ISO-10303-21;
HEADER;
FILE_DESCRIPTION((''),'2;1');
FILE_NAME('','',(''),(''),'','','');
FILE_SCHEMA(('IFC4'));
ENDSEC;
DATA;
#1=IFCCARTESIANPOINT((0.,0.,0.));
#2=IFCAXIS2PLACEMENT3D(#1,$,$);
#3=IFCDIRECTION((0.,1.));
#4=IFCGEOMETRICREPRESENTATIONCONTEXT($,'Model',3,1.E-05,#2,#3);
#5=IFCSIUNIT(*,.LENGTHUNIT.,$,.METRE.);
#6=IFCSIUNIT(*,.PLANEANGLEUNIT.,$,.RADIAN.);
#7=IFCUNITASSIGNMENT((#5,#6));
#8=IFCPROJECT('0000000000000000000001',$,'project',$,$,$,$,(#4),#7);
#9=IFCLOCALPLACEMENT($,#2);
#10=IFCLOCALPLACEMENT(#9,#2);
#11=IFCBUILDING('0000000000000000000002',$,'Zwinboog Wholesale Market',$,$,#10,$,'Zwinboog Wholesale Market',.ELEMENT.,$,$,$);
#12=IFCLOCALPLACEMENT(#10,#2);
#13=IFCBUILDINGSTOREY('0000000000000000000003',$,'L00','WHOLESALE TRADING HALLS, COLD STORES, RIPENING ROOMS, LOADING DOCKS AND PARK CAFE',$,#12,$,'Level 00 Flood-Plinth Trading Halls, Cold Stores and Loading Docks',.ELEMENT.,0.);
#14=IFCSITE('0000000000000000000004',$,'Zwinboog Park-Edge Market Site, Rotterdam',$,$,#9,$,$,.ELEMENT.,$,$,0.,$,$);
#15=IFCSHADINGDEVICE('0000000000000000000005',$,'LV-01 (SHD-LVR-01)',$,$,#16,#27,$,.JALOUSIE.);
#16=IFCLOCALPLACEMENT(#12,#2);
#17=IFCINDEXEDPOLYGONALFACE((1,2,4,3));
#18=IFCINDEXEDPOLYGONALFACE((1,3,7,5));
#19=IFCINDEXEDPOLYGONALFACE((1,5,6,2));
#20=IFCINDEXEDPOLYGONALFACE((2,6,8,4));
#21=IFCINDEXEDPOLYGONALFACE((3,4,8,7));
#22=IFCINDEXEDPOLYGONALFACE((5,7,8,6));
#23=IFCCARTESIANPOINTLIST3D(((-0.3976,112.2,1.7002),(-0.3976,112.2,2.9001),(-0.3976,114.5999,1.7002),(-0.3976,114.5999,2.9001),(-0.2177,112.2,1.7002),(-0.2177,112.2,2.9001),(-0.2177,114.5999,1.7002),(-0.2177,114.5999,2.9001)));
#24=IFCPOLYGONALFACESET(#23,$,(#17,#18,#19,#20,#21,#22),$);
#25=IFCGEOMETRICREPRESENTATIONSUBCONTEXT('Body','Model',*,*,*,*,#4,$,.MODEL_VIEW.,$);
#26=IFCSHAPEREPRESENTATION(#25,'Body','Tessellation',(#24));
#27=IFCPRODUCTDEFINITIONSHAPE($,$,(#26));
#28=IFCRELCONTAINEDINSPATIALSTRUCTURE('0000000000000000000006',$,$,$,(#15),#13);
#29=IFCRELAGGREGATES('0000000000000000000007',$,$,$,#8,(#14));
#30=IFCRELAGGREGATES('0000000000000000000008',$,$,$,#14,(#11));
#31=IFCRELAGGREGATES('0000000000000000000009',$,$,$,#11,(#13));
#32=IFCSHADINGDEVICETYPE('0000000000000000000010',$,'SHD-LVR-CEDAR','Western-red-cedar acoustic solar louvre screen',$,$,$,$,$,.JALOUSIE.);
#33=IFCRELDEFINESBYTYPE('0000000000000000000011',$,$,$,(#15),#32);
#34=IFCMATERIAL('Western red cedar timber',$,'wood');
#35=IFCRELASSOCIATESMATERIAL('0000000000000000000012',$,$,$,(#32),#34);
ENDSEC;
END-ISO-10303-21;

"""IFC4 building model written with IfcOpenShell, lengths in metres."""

from ifc_helpers import new_model, si_unit, direction, frame, origin, origin_2d, place, context, subcontext, project, spatial, rectangle, extrude, material, type_object, element, save


model = new_model("IFC4")

# Units and contexts
model_context = context("Model", 3, precision=1e-05, world=origin(), true_north=direction((0.0, 1.0)))
body_context = subcontext(model_context, "Body", "Model", "MODEL_VIEW")
ifc_project = project(units=[si_unit("LENGTHUNIT", "METRE"), si_unit("PLANEANGLEUNIT", "RADIAN")], contexts=[model_context])

# Site, building, storey
site_placement = place(None, origin())
site = spatial("IfcSite", under=ifc_project, at=site_placement, Name="Zwinboog Park-Edge Market Site, Rotterdam", CompositionType="ELEMENT", RefElevation=0.0)
building_placement = place(site_placement, origin())
building = spatial("IfcBuilding", under=site, at=building_placement, Name="Zwinboog Wholesale Market", LongName="Zwinboog Wholesale Market", CompositionType="ELEMENT")
storey_placement = place(building_placement, origin())
storey = spatial("IfcBuildingStorey", under=building, at=storey_placement, Name="L00", Description="WHOLESALE TRADING HALLS, COLD STORES, RIPENING ROOMS, LOADING DOCKS AND PARK CAFE", LongName="Level 00 Flood-Plinth Trading Halls, Cold Stores and Loading Docks", CompositionType="ELEMENT", Elevation=0.0)

# Shading device
ifc_material_1 = material(Name="Western red cedar timber", Category="wood")
shading_device_type = type_object("IfcShadingDeviceType", Name="SHD-LVR-CEDAR", Description="Western-red-cedar acoustic solar louvre screen", PredefinedType="JALOUSIE", material=ifc_material_1)
shading_device_placement = place(storey_placement, frame((-0.3076, 113.3999, 1.7002), z_axis=(0.0, 0.0, 1.0), x_axis=(0.0, 1.0, 0.0)))
element("IfcShadingDevice", 1, at=shading_device_placement, inside=storey, type_object=shading_device_type, Name="LV-01 (SHD-LVR-01)", PredefinedType="JALOUSIE", context=body_context, shape_type="SweptSolid", body=[
    extrude(rectangle(XDim=2.3999, YDim=0.1799, at=origin_2d()), origin(), (0.0, 0.0, 1.0), 1.2),
])

save(model, "model.ifc")
